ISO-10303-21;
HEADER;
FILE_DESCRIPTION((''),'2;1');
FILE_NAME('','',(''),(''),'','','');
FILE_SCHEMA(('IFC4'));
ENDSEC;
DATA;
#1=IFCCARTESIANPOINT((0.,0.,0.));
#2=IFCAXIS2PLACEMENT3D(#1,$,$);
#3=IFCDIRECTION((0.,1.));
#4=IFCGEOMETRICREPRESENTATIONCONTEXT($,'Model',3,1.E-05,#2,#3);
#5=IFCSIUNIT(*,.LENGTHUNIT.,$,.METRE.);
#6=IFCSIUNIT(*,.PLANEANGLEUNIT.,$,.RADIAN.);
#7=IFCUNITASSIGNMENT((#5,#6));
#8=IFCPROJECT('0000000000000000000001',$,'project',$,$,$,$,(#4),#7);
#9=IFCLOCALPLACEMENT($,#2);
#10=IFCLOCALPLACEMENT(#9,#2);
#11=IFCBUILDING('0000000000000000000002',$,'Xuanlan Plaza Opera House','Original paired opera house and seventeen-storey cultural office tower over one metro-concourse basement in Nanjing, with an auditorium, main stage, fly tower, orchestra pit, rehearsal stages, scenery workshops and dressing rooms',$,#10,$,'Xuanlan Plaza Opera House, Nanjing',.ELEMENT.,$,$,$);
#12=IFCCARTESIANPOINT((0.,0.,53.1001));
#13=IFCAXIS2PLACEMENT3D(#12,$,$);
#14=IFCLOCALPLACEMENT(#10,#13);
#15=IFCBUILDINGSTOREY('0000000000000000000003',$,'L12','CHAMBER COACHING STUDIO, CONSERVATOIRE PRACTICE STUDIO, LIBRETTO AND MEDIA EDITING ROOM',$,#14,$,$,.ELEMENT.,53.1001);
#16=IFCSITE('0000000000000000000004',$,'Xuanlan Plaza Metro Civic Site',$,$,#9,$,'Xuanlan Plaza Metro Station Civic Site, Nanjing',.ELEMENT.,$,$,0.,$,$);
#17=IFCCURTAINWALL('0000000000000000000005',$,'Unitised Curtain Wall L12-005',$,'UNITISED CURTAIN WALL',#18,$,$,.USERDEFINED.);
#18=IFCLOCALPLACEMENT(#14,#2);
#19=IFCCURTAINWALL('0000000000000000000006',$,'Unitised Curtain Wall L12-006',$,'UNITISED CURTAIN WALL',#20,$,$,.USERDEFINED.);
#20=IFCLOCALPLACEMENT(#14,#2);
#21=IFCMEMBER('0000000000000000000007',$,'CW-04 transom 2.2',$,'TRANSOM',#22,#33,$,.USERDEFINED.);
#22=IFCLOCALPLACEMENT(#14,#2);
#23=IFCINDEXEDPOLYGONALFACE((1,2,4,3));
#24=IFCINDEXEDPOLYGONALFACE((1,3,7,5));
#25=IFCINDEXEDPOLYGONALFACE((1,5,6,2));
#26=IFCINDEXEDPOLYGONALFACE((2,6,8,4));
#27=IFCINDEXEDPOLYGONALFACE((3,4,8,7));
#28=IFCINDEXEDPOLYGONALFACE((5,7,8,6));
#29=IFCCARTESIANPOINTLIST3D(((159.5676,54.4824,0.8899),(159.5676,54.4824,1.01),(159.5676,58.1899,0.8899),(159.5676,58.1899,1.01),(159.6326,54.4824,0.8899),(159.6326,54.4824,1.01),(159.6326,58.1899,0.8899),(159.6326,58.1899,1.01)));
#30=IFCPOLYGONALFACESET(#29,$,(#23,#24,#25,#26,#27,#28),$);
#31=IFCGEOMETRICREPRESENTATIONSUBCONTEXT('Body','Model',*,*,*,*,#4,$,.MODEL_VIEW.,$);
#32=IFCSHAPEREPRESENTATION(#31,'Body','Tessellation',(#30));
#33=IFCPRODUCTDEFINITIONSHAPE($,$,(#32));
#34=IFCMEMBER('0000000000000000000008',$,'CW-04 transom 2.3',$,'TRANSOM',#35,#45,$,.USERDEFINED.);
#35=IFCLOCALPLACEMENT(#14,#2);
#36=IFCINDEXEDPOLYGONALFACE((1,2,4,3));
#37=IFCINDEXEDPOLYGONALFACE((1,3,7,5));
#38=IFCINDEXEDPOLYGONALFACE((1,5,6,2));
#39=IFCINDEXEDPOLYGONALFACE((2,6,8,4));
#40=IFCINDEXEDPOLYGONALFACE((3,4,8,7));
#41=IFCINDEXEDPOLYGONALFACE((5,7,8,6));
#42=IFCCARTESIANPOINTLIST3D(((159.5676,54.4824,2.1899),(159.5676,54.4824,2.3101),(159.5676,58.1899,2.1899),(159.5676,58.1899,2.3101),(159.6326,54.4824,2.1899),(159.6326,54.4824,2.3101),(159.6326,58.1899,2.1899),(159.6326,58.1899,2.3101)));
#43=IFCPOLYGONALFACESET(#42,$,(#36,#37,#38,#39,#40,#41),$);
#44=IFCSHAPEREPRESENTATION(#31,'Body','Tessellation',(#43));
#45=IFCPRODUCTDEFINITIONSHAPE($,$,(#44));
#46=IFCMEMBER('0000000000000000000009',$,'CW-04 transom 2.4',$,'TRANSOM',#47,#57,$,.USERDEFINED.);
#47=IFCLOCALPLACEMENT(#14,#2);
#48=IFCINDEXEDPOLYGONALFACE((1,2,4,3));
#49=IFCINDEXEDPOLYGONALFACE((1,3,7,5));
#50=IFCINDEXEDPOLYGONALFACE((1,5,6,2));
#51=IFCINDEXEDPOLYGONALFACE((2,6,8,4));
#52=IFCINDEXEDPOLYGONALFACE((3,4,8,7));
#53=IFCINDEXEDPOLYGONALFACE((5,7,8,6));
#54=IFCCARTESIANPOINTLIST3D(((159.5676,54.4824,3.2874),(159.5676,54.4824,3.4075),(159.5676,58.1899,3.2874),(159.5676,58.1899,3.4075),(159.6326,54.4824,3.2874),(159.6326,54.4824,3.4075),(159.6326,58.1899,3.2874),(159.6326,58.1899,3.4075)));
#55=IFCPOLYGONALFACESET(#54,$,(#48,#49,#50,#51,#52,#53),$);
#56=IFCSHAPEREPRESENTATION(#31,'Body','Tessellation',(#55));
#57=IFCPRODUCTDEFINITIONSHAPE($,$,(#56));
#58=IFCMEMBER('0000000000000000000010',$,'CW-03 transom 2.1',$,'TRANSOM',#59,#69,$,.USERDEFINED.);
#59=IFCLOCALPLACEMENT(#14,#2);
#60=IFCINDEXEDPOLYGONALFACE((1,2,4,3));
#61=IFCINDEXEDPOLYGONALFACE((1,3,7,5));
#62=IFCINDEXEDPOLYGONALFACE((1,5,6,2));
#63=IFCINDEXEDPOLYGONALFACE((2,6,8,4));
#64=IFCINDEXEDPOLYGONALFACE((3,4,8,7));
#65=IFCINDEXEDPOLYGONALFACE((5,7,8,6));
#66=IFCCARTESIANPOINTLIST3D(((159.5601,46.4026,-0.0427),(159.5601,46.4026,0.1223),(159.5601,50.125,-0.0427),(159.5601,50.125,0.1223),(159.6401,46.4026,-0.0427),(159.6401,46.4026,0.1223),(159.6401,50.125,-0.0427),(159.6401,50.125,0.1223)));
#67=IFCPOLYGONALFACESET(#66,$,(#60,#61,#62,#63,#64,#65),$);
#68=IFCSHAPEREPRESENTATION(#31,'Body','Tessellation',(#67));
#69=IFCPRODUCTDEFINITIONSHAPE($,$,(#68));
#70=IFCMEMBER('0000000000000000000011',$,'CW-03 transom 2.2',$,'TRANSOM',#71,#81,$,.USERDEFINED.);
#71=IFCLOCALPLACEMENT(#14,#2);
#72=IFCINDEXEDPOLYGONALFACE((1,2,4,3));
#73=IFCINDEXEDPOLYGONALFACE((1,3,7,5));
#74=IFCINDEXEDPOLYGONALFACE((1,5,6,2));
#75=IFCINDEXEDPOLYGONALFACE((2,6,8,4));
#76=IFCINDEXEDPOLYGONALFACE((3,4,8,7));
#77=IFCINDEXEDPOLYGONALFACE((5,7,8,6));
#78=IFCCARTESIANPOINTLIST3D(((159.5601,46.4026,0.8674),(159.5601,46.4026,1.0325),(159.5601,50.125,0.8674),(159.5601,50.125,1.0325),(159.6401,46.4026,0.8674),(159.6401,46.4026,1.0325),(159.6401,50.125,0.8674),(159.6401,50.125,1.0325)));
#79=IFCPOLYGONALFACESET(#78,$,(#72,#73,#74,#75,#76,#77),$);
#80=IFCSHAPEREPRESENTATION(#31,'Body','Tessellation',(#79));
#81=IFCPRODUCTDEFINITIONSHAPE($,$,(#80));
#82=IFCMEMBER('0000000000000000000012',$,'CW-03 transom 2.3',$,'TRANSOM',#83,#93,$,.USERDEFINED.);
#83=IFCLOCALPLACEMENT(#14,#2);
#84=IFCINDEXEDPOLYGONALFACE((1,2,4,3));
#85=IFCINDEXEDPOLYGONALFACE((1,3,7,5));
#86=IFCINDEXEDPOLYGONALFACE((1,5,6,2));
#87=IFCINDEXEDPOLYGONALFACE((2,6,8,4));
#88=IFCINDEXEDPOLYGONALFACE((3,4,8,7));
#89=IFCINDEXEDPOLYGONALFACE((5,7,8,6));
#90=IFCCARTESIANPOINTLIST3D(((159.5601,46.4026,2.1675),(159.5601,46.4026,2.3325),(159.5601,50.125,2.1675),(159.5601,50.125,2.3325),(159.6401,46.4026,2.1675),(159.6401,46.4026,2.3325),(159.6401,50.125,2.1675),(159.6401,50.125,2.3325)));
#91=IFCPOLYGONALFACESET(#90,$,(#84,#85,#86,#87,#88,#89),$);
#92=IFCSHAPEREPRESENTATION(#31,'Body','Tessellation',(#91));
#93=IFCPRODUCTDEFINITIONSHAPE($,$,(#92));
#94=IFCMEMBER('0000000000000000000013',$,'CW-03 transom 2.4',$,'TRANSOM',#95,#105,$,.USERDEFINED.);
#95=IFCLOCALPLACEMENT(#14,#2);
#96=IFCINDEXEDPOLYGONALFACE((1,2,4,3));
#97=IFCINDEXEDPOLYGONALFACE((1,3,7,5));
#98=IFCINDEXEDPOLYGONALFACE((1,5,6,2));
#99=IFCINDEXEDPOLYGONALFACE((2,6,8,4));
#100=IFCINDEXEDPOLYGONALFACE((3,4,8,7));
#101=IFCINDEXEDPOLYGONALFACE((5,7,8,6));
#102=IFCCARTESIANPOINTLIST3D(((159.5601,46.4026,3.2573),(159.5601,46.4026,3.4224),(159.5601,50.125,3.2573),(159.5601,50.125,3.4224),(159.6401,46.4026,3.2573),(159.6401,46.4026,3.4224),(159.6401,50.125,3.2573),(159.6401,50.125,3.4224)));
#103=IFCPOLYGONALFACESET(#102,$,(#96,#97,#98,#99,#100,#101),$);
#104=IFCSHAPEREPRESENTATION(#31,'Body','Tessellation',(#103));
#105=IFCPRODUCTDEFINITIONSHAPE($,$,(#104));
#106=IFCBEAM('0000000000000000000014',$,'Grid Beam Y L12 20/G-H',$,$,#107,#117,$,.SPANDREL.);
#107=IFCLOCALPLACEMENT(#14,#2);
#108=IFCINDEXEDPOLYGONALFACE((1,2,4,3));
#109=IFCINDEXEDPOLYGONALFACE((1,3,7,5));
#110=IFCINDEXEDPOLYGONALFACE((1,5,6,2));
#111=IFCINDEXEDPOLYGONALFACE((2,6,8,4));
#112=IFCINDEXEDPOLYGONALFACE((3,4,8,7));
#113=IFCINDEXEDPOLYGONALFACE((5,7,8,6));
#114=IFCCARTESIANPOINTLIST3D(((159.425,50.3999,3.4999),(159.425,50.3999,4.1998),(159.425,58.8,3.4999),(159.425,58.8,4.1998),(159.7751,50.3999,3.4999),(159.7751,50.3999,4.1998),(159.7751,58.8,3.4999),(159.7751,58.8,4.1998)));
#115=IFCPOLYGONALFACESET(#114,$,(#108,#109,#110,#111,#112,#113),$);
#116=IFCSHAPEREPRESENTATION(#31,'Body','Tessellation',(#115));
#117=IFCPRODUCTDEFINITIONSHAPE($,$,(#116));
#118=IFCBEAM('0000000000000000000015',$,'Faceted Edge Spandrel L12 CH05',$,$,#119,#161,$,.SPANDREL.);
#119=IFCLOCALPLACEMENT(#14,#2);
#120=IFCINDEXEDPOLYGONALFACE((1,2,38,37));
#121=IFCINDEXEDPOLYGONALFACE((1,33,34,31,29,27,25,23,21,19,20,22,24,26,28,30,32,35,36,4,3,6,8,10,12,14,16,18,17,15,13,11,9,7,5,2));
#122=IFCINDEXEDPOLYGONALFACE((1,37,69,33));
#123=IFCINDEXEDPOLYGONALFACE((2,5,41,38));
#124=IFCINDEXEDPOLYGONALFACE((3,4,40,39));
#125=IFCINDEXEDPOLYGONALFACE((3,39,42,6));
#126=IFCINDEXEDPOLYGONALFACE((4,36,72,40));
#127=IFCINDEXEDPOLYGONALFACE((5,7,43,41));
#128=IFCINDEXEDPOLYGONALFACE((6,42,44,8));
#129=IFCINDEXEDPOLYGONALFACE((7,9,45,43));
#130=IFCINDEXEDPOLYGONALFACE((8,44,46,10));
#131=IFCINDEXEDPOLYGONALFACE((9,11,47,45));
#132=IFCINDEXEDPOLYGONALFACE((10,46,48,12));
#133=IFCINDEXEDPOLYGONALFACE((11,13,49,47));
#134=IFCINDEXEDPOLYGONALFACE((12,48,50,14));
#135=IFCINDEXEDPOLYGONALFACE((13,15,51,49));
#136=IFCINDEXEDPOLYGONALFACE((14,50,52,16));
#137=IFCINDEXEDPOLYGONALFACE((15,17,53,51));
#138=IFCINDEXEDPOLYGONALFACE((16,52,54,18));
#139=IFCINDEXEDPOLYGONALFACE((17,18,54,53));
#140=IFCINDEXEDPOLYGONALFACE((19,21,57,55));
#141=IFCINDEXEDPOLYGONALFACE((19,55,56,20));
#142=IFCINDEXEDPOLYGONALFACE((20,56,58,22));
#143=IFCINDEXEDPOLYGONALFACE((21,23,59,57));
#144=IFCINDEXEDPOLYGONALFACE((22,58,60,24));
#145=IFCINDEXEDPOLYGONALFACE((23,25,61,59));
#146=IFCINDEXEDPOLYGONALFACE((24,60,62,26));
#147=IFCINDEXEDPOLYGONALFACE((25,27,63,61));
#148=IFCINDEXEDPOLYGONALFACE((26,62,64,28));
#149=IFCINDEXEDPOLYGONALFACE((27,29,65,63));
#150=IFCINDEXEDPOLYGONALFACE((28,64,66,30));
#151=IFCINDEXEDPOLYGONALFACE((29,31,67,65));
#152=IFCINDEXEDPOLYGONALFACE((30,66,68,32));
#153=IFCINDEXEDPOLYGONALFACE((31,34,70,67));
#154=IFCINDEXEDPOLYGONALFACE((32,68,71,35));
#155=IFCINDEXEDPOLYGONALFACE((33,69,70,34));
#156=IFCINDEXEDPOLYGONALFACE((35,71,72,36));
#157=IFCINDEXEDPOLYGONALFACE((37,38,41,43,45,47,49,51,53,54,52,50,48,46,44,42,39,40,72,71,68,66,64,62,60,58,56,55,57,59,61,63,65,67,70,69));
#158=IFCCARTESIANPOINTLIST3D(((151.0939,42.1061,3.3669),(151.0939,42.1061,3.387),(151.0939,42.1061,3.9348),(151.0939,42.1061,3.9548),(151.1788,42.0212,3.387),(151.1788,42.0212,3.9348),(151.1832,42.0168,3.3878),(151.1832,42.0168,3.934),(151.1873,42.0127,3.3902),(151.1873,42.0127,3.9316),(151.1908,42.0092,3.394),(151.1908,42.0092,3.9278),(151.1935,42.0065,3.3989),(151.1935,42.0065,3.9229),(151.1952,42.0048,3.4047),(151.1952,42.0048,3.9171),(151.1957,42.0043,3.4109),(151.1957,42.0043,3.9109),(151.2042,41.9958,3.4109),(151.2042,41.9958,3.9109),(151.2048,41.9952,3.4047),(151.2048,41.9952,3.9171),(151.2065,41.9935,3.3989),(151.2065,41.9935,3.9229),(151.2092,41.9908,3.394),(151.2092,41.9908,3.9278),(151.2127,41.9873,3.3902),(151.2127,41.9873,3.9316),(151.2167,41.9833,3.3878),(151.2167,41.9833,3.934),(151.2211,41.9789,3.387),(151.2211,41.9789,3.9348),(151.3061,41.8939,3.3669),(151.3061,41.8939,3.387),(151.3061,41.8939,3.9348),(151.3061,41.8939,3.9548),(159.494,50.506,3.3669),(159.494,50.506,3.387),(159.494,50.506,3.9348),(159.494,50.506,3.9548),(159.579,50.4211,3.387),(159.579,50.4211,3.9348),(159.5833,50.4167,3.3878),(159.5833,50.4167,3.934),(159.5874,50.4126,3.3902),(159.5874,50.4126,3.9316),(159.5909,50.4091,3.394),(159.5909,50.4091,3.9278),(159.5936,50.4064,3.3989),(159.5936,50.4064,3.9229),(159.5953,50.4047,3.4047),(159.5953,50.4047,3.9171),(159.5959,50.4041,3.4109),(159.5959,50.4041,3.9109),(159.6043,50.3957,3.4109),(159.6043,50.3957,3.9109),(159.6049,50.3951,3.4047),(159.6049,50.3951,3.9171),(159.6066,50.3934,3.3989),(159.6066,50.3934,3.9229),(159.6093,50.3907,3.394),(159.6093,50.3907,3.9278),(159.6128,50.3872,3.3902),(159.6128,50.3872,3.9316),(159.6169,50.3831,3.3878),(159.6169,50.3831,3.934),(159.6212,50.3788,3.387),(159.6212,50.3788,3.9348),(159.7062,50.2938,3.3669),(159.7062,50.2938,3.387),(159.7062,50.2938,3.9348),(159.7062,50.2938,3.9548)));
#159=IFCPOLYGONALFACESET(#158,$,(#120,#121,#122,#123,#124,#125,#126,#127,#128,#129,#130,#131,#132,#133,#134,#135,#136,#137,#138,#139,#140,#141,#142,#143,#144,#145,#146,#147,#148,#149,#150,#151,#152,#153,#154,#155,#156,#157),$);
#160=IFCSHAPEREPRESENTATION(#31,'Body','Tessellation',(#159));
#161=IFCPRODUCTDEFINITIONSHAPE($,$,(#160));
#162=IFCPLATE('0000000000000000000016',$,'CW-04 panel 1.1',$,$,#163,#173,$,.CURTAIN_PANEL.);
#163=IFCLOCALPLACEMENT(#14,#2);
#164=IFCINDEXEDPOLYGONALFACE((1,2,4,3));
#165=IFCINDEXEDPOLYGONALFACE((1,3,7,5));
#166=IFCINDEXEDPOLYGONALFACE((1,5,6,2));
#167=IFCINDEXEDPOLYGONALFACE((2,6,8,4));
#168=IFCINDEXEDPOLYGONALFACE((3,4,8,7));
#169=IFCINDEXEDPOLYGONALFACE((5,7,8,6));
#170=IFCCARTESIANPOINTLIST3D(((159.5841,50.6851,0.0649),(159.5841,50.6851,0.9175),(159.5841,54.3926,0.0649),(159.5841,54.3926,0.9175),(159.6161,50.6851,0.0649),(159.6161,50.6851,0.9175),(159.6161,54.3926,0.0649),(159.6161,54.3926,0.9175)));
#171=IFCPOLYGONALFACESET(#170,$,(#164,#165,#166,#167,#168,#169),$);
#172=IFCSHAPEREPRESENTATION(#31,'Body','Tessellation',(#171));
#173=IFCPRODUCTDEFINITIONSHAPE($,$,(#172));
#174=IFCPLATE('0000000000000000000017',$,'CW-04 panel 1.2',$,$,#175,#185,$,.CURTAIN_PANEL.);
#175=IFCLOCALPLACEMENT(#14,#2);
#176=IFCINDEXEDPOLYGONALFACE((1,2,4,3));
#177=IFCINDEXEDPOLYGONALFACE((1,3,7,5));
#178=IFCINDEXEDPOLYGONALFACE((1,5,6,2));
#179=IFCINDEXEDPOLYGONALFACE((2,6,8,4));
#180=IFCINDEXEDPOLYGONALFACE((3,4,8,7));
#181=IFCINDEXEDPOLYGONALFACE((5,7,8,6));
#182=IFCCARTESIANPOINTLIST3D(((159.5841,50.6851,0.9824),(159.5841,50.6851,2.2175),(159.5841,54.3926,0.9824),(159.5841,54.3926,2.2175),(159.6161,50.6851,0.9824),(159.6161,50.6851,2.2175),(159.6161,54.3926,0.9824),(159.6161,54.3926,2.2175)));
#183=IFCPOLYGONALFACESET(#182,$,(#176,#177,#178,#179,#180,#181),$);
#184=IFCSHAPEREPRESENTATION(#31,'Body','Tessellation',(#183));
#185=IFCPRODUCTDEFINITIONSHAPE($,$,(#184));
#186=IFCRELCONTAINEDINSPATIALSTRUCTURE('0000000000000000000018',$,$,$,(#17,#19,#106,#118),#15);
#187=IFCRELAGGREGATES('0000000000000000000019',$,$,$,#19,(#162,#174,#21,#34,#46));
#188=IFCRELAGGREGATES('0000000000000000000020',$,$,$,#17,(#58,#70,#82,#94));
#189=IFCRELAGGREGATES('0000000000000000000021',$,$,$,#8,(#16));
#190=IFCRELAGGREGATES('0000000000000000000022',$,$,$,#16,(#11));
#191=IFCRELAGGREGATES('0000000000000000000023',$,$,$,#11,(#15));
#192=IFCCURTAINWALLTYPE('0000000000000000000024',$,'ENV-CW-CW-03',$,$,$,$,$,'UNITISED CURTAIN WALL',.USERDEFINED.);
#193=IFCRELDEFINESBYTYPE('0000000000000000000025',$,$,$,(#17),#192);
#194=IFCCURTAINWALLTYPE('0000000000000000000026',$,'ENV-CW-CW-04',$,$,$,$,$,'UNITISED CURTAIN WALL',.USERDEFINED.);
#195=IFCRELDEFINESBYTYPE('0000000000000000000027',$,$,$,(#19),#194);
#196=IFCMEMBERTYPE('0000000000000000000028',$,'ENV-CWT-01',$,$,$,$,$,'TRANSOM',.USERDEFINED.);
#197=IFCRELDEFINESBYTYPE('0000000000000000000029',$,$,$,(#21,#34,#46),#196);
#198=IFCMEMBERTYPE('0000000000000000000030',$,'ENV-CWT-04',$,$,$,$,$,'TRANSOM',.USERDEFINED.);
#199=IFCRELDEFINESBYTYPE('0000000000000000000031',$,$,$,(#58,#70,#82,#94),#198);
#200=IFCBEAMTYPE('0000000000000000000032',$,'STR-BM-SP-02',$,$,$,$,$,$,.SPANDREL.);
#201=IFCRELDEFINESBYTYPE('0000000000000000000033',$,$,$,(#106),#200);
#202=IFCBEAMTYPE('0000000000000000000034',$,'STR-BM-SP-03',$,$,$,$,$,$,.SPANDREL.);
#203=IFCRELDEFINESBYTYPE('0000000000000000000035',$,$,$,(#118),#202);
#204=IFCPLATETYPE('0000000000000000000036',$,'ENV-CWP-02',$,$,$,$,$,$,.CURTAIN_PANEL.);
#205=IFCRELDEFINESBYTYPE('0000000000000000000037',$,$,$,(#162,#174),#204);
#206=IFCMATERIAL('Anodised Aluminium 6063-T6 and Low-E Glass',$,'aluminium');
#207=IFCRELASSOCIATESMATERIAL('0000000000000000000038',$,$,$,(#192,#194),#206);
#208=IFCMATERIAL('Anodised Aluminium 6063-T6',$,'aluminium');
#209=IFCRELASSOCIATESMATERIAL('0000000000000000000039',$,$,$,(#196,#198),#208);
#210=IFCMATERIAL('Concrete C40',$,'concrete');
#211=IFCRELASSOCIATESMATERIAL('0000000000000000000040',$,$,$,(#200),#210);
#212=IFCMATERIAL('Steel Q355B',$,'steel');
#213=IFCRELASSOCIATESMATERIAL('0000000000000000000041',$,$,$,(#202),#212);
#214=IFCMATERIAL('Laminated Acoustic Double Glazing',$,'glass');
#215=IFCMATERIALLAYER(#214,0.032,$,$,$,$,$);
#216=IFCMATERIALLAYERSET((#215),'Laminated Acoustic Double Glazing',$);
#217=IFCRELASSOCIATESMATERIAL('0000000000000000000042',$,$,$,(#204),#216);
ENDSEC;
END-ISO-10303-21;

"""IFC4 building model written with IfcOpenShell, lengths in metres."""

from ifc_helpers import new_model, si_unit, direction, frame, origin, origin_2d, place, context, subcontext, project, spatial, rectangle, i_section, extrude, material, layer, layer_set, material_profile, profile_set, type_object, element, aggregate, save


model = new_model("IFC4")

# Units and contexts
model_context = context("Model", 3, precision=1e-05, world=origin(), true_north=direction((0.0, 1.0)))
body_context = subcontext(model_context, "Body", "Model", "MODEL_VIEW")
ifc_project = project(units=[si_unit("LENGTHUNIT", "METRE"), si_unit("PLANEANGLEUNIT", "RADIAN")], contexts=[model_context])

# Site, building, storey
site_placement = place(None, origin())
site = spatial("IfcSite", under=ifc_project, at=site_placement, Name="Xuanlan Plaza Metro Civic Site", LongName="Xuanlan Plaza Metro Station Civic Site, Nanjing", CompositionType="ELEMENT", RefElevation=0.0)
building_placement = place(site_placement, origin())
building = spatial("IfcBuilding", under=site, at=building_placement, Name="Xuanlan Plaza Opera House", Description="Original paired opera house and seventeen-storey cultural office tower over one metro-concourse basement in Nanjing, with an auditorium, main stage, fly tower, orchestra pit, rehearsal stages, scenery workshops and dressing rooms", LongName="Xuanlan Plaza Opera House, Nanjing", CompositionType="ELEMENT")
storey_placement = place(building_placement, frame((0.0, 0.0, 53.1001)))
storey = spatial("IfcBuildingStorey", under=building, at=storey_placement, Name="L12", Description="CHAMBER COACHING STUDIO, CONSERVATOIRE PRACTICE STUDIO, LIBRETTO AND MEDIA EDITING ROOM", CompositionType="ELEMENT", Elevation=53.1001)

# Shared definitions
ifc_material_1 = material(Name="Steel Q355B", Category="steel")

# Curtain walls, members
ifc_material_2 = material(Name="Anodised Aluminium 6063-T6 and Low-E Glass", Category="aluminium")
curtain_wall_type_1 = type_object("IfcCurtainWallType", Name="ENV-CW-CW-03", ElementType="UNITISED CURTAIN WALL", PredefinedType="USERDEFINED", material=ifc_material_2)
curtain_wall_1_placement = place(storey_placement, origin())
curtain_wall_1 = element("IfcCurtainWall", 1, at=curtain_wall_1_placement, inside=storey, type_object=curtain_wall_type_1, Name="Unitised Curtain Wall L12-005", ObjectType="UNITISED CURTAIN WALL", PredefinedType="USERDEFINED")
ifc_material_3 = material(Name="Anodised Aluminium 6063-T6", Category="aluminium")
curtain_wall_type_2 = type_object("IfcCurtainWallType", Name="ENV-CW-CW-04", ElementType="UNITISED CURTAIN WALL", PredefinedType="USERDEFINED", material=ifc_material_2)
curtain_wall_2_placement = place(storey_placement, origin())
curtain_wall_2 = element("IfcCurtainWall", 2, at=curtain_wall_2_placement, inside=storey, type_object=curtain_wall_type_2, Name="Unitised Curtain Wall L12-006", ObjectType="UNITISED CURTAIN WALL", PredefinedType="USERDEFINED")
ifc_material_profile_1 = material_profile(ifc_material_3, rectangle(XDim=0.0649, YDim=0.1201, at=origin_2d()), Name="ALU-T 65x120")
ifc_profile_set_1 = profile_set([ifc_material_profile_1], Name="Anodised Aluminium 6063-T6")
member_type_1 = type_object("IfcMemberType", Name="ENV-CWT-01", ElementType="TRANSOM", PredefinedType="USERDEFINED", material=ifc_profile_set_1)
member_1_placement = place(storey_placement, frame((159.6001, 54.4824, 0.95), z_axis=(0.0, 1.0, 0.0), x_axis=(-1.0, 0.0, 0.0)))
member_1 = element("IfcMember", 3, at=member_1_placement, type_object=member_type_1, Name="CW-04 transom 2.2", ObjectType="TRANSOM", PredefinedType="USERDEFINED", context=body_context, shape_type="SweptSolid", body=[
    extrude(rectangle(XDim=0.0649, YDim=0.1201, at=origin_2d()), origin(), (0.0, 0.0, 1.0), 3.7075),
])
member_2_placement = place(storey_placement, frame((159.6001, 54.4824, 2.25), z_axis=(0.0, 1.0, 0.0), x_axis=(-1.0, 0.0, 0.0)))
member_2 = element("IfcMember", 4, at=member_2_placement, type_object=member_type_1, Name="CW-04 transom 2.3", ObjectType="TRANSOM", PredefinedType="USERDEFINED", context=body_context, shape_type="SweptSolid", body=[
    extrude(rectangle(XDim=0.0649, YDim=0.1201, at=origin_2d()), origin(), (0.0, 0.0, 1.0), 3.7075),
])
member_3_placement = place(storey_placement, frame((159.6001, 54.4824, 3.3474), z_axis=(0.0, 1.0, 0.0), x_axis=(-1.0, 0.0, 0.0)))
member_3 = element("IfcMember", 5, at=member_3_placement, type_object=member_type_1, Name="CW-04 transom 2.4", ObjectType="TRANSOM", PredefinedType="USERDEFINED", context=body_context, shape_type="SweptSolid", body=[
    extrude(rectangle(XDim=0.0649, YDim=0.1201, at=origin_2d()), origin(), (0.0, 0.0, 1.0), 3.7075),
])

# Members
ifc_material_profile_2 = material_profile(ifc_material_3, rectangle(XDim=0.0801, YDim=0.165, at=origin_2d()), Name="ALU-T 80x165")
ifc_profile_set_2 = profile_set([ifc_material_profile_2], Name="Anodised Aluminium 6063-T6")
member_type_2 = type_object("IfcMemberType", Name="ENV-CWT-04", ElementType="TRANSOM", PredefinedType="USERDEFINED", material=ifc_profile_set_2)
member_4_placement = place(storey_placement, frame((159.6001, 46.4026, 0.0398), z_axis=(0.0, 1.0, 0.0), x_axis=(-1.0, 0.0, 0.0)))
member_4 = element("IfcMember", 6, at=member_4_placement, type_object=member_type_2, Name="CW-03 transom 2.1", ObjectType="TRANSOM", PredefinedType="USERDEFINED", context=body_context, shape_type="SweptSolid", body=[
    extrude(rectangle(XDim=0.0801, YDim=0.165, at=origin_2d()), origin(), (0.0, 0.0, 1.0), 3.7224),
])
member_5_placement = place(storey_placement, frame((159.6001, 46.4026, 0.95), z_axis=(0.0, 1.0, 0.0), x_axis=(-1.0, 0.0, 0.0)))
member_5 = element("IfcMember", 7, at=member_5_placement, type_object=member_type_2, Name="CW-03 transom 2.2", ObjectType="TRANSOM", PredefinedType="USERDEFINED", context=body_context, shape_type="SweptSolid", body=[
    extrude(rectangle(XDim=0.0801, YDim=0.165, at=origin_2d()), origin(), (0.0, 0.0, 1.0), 3.7224),
])
member_6_placement = place(storey_placement, frame((159.6001, 46.4026, 2.25), z_axis=(0.0, 1.0, 0.0), x_axis=(-1.0, 0.0, 0.0)))
member_6 = element("IfcMember", 8, at=member_6_placement, type_object=member_type_2, Name="CW-03 transom 2.3", ObjectType="TRANSOM", PredefinedType="USERDEFINED", context=body_context, shape_type="SweptSolid", body=[
    extrude(rectangle(XDim=0.0801, YDim=0.165, at=origin_2d()), origin(), (0.0, 0.0, 1.0), 3.7224),
])
member_7_placement = place(storey_placement, frame((159.6001, 46.4026, 3.3398), z_axis=(0.0, 1.0, 0.0), x_axis=(-1.0, 0.0, 0.0)))
member_7 = element("IfcMember", 9, at=member_7_placement, type_object=member_type_2, Name="CW-03 transom 2.4", ObjectType="TRANSOM", PredefinedType="USERDEFINED", context=body_context, shape_type="SweptSolid", body=[
    extrude(rectangle(XDim=0.0801, YDim=0.165, at=origin_2d()), origin(), (0.0, 0.0, 1.0), 3.7224),
])

# Beams
ifc_material_4 = material(Name="Concrete C40", Category="concrete")
ifc_material_profile_3 = material_profile(ifc_material_4, rectangle(XDim=0.3501, YDim=0.7, at=origin_2d()), Name="RC-SPD 350x700")
ifc_profile_set_3 = profile_set([ifc_material_profile_3], Name="Concrete C40")
beam_type_1 = type_object("IfcBeamType", Name="STR-BM-SP-02", PredefinedType="SPANDREL", material=ifc_profile_set_3)
beam_1_placement = place(storey_placement, frame((159.6001, 50.3999, 3.8499), z_axis=(0.0, 1.0, 0.0), x_axis=(-1.0, 0.0, 0.0)))
element("IfcBeam", 10, at=beam_1_placement, inside=storey, type_object=beam_type_1, Name="Grid Beam Y L12 20/G-H", PredefinedType="SPANDREL", context=body_context, shape_type="SweptSolid", body=[
    extrude(rectangle(XDim=0.3501, YDim=0.7, at=origin_2d()), origin(), (0.0, 0.0, 1.0), 8.4001),
])
ifc_material_profile_4 = material_profile(ifc_material_1, i_section(OverallWidth=0.3, OverallDepth=0.5879, WebThickness=0.012, FlangeThickness=0.02, FilletRadius=0.0239, at=origin_2d()), Name="HM 588x300x12x20")
ifc_profile_set_4 = profile_set([ifc_material_profile_4], Name="Steel Q355B")
beam_type_2 = type_object("IfcBeamType", Name="STR-BM-SP-03", PredefinedType="SPANDREL", material=ifc_profile_set_4)
beam_2_placement = place(storey_placement, frame((159.6001, 50.3999, 3.6609), z_axis=(-0.707117, -0.707097, 0.0), x_axis=(0.707097, -0.707117, 0.0)))
element("IfcBeam", 11, at=beam_2_placement, inside=storey, type_object=beam_type_2, Name="Faceted Edge Spandrel L12 CH05", PredefinedType="SPANDREL", context=body_context, shape_type="SweptSolid", body=[
    extrude(i_section(OverallWidth=0.3, OverallDepth=0.5879, WebThickness=0.012, FlangeThickness=0.02, FilletRadius=0.0239, at=origin_2d()), origin(), (0.0, 0.0, 1.0), 11.8794),
])

# Plates
ifc_material_5 = material(Name="Laminated Acoustic Double Glazing", Category="glass")
ifc_layer_1 = layer(ifc_material_5, 0.032)
ifc_layer_set_1 = layer_set([ifc_layer_1], Name="Laminated Acoustic Double Glazing")
plate_type_1 = type_object("IfcPlateType", Name="ENV-CWP-02", PredefinedType="CURTAIN_PANEL", material=ifc_layer_set_1)
plate_1_placement = place(storey_placement, frame((159.6001, 52.5388, 0.0649), z_axis=(0.0, 0.0, 1.0), x_axis=(0.0, 1.0, 0.0)))
plate_1 = element("IfcPlate", 12, at=plate_1_placement, type_object=plate_type_1, Name="CW-04 panel 1.1", PredefinedType="CURTAIN_PANEL", context=body_context, shape_type="SweptSolid", body=[
    extrude(rectangle(XDim=3.7075, YDim=0.032, at=origin_2d()), origin(), (0.0, 0.0, 1.0), 0.8525),
])
plate_2_placement = place(storey_placement, frame((159.6001, 52.5388, 0.9824), z_axis=(0.0, 0.0, 1.0), x_axis=(0.0, 1.0, 0.0)))
plate_2 = element("IfcPlate", 13, at=plate_2_placement, type_object=plate_type_1, Name="CW-04 panel 1.2", PredefinedType="CURTAIN_PANEL", context=body_context, shape_type="SweptSolid", body=[
    extrude(rectangle(XDim=3.7075, YDim=0.032, at=origin_2d()), origin(), (0.0, 0.0, 1.0), 1.2351),
])
aggregate(curtain_wall_2, [plate_1, plate_2, member_1, member_2, member_3])
aggregate(curtain_wall_1, [member_4, member_5, member_6, member_7])

save(model, "model.ifc")
